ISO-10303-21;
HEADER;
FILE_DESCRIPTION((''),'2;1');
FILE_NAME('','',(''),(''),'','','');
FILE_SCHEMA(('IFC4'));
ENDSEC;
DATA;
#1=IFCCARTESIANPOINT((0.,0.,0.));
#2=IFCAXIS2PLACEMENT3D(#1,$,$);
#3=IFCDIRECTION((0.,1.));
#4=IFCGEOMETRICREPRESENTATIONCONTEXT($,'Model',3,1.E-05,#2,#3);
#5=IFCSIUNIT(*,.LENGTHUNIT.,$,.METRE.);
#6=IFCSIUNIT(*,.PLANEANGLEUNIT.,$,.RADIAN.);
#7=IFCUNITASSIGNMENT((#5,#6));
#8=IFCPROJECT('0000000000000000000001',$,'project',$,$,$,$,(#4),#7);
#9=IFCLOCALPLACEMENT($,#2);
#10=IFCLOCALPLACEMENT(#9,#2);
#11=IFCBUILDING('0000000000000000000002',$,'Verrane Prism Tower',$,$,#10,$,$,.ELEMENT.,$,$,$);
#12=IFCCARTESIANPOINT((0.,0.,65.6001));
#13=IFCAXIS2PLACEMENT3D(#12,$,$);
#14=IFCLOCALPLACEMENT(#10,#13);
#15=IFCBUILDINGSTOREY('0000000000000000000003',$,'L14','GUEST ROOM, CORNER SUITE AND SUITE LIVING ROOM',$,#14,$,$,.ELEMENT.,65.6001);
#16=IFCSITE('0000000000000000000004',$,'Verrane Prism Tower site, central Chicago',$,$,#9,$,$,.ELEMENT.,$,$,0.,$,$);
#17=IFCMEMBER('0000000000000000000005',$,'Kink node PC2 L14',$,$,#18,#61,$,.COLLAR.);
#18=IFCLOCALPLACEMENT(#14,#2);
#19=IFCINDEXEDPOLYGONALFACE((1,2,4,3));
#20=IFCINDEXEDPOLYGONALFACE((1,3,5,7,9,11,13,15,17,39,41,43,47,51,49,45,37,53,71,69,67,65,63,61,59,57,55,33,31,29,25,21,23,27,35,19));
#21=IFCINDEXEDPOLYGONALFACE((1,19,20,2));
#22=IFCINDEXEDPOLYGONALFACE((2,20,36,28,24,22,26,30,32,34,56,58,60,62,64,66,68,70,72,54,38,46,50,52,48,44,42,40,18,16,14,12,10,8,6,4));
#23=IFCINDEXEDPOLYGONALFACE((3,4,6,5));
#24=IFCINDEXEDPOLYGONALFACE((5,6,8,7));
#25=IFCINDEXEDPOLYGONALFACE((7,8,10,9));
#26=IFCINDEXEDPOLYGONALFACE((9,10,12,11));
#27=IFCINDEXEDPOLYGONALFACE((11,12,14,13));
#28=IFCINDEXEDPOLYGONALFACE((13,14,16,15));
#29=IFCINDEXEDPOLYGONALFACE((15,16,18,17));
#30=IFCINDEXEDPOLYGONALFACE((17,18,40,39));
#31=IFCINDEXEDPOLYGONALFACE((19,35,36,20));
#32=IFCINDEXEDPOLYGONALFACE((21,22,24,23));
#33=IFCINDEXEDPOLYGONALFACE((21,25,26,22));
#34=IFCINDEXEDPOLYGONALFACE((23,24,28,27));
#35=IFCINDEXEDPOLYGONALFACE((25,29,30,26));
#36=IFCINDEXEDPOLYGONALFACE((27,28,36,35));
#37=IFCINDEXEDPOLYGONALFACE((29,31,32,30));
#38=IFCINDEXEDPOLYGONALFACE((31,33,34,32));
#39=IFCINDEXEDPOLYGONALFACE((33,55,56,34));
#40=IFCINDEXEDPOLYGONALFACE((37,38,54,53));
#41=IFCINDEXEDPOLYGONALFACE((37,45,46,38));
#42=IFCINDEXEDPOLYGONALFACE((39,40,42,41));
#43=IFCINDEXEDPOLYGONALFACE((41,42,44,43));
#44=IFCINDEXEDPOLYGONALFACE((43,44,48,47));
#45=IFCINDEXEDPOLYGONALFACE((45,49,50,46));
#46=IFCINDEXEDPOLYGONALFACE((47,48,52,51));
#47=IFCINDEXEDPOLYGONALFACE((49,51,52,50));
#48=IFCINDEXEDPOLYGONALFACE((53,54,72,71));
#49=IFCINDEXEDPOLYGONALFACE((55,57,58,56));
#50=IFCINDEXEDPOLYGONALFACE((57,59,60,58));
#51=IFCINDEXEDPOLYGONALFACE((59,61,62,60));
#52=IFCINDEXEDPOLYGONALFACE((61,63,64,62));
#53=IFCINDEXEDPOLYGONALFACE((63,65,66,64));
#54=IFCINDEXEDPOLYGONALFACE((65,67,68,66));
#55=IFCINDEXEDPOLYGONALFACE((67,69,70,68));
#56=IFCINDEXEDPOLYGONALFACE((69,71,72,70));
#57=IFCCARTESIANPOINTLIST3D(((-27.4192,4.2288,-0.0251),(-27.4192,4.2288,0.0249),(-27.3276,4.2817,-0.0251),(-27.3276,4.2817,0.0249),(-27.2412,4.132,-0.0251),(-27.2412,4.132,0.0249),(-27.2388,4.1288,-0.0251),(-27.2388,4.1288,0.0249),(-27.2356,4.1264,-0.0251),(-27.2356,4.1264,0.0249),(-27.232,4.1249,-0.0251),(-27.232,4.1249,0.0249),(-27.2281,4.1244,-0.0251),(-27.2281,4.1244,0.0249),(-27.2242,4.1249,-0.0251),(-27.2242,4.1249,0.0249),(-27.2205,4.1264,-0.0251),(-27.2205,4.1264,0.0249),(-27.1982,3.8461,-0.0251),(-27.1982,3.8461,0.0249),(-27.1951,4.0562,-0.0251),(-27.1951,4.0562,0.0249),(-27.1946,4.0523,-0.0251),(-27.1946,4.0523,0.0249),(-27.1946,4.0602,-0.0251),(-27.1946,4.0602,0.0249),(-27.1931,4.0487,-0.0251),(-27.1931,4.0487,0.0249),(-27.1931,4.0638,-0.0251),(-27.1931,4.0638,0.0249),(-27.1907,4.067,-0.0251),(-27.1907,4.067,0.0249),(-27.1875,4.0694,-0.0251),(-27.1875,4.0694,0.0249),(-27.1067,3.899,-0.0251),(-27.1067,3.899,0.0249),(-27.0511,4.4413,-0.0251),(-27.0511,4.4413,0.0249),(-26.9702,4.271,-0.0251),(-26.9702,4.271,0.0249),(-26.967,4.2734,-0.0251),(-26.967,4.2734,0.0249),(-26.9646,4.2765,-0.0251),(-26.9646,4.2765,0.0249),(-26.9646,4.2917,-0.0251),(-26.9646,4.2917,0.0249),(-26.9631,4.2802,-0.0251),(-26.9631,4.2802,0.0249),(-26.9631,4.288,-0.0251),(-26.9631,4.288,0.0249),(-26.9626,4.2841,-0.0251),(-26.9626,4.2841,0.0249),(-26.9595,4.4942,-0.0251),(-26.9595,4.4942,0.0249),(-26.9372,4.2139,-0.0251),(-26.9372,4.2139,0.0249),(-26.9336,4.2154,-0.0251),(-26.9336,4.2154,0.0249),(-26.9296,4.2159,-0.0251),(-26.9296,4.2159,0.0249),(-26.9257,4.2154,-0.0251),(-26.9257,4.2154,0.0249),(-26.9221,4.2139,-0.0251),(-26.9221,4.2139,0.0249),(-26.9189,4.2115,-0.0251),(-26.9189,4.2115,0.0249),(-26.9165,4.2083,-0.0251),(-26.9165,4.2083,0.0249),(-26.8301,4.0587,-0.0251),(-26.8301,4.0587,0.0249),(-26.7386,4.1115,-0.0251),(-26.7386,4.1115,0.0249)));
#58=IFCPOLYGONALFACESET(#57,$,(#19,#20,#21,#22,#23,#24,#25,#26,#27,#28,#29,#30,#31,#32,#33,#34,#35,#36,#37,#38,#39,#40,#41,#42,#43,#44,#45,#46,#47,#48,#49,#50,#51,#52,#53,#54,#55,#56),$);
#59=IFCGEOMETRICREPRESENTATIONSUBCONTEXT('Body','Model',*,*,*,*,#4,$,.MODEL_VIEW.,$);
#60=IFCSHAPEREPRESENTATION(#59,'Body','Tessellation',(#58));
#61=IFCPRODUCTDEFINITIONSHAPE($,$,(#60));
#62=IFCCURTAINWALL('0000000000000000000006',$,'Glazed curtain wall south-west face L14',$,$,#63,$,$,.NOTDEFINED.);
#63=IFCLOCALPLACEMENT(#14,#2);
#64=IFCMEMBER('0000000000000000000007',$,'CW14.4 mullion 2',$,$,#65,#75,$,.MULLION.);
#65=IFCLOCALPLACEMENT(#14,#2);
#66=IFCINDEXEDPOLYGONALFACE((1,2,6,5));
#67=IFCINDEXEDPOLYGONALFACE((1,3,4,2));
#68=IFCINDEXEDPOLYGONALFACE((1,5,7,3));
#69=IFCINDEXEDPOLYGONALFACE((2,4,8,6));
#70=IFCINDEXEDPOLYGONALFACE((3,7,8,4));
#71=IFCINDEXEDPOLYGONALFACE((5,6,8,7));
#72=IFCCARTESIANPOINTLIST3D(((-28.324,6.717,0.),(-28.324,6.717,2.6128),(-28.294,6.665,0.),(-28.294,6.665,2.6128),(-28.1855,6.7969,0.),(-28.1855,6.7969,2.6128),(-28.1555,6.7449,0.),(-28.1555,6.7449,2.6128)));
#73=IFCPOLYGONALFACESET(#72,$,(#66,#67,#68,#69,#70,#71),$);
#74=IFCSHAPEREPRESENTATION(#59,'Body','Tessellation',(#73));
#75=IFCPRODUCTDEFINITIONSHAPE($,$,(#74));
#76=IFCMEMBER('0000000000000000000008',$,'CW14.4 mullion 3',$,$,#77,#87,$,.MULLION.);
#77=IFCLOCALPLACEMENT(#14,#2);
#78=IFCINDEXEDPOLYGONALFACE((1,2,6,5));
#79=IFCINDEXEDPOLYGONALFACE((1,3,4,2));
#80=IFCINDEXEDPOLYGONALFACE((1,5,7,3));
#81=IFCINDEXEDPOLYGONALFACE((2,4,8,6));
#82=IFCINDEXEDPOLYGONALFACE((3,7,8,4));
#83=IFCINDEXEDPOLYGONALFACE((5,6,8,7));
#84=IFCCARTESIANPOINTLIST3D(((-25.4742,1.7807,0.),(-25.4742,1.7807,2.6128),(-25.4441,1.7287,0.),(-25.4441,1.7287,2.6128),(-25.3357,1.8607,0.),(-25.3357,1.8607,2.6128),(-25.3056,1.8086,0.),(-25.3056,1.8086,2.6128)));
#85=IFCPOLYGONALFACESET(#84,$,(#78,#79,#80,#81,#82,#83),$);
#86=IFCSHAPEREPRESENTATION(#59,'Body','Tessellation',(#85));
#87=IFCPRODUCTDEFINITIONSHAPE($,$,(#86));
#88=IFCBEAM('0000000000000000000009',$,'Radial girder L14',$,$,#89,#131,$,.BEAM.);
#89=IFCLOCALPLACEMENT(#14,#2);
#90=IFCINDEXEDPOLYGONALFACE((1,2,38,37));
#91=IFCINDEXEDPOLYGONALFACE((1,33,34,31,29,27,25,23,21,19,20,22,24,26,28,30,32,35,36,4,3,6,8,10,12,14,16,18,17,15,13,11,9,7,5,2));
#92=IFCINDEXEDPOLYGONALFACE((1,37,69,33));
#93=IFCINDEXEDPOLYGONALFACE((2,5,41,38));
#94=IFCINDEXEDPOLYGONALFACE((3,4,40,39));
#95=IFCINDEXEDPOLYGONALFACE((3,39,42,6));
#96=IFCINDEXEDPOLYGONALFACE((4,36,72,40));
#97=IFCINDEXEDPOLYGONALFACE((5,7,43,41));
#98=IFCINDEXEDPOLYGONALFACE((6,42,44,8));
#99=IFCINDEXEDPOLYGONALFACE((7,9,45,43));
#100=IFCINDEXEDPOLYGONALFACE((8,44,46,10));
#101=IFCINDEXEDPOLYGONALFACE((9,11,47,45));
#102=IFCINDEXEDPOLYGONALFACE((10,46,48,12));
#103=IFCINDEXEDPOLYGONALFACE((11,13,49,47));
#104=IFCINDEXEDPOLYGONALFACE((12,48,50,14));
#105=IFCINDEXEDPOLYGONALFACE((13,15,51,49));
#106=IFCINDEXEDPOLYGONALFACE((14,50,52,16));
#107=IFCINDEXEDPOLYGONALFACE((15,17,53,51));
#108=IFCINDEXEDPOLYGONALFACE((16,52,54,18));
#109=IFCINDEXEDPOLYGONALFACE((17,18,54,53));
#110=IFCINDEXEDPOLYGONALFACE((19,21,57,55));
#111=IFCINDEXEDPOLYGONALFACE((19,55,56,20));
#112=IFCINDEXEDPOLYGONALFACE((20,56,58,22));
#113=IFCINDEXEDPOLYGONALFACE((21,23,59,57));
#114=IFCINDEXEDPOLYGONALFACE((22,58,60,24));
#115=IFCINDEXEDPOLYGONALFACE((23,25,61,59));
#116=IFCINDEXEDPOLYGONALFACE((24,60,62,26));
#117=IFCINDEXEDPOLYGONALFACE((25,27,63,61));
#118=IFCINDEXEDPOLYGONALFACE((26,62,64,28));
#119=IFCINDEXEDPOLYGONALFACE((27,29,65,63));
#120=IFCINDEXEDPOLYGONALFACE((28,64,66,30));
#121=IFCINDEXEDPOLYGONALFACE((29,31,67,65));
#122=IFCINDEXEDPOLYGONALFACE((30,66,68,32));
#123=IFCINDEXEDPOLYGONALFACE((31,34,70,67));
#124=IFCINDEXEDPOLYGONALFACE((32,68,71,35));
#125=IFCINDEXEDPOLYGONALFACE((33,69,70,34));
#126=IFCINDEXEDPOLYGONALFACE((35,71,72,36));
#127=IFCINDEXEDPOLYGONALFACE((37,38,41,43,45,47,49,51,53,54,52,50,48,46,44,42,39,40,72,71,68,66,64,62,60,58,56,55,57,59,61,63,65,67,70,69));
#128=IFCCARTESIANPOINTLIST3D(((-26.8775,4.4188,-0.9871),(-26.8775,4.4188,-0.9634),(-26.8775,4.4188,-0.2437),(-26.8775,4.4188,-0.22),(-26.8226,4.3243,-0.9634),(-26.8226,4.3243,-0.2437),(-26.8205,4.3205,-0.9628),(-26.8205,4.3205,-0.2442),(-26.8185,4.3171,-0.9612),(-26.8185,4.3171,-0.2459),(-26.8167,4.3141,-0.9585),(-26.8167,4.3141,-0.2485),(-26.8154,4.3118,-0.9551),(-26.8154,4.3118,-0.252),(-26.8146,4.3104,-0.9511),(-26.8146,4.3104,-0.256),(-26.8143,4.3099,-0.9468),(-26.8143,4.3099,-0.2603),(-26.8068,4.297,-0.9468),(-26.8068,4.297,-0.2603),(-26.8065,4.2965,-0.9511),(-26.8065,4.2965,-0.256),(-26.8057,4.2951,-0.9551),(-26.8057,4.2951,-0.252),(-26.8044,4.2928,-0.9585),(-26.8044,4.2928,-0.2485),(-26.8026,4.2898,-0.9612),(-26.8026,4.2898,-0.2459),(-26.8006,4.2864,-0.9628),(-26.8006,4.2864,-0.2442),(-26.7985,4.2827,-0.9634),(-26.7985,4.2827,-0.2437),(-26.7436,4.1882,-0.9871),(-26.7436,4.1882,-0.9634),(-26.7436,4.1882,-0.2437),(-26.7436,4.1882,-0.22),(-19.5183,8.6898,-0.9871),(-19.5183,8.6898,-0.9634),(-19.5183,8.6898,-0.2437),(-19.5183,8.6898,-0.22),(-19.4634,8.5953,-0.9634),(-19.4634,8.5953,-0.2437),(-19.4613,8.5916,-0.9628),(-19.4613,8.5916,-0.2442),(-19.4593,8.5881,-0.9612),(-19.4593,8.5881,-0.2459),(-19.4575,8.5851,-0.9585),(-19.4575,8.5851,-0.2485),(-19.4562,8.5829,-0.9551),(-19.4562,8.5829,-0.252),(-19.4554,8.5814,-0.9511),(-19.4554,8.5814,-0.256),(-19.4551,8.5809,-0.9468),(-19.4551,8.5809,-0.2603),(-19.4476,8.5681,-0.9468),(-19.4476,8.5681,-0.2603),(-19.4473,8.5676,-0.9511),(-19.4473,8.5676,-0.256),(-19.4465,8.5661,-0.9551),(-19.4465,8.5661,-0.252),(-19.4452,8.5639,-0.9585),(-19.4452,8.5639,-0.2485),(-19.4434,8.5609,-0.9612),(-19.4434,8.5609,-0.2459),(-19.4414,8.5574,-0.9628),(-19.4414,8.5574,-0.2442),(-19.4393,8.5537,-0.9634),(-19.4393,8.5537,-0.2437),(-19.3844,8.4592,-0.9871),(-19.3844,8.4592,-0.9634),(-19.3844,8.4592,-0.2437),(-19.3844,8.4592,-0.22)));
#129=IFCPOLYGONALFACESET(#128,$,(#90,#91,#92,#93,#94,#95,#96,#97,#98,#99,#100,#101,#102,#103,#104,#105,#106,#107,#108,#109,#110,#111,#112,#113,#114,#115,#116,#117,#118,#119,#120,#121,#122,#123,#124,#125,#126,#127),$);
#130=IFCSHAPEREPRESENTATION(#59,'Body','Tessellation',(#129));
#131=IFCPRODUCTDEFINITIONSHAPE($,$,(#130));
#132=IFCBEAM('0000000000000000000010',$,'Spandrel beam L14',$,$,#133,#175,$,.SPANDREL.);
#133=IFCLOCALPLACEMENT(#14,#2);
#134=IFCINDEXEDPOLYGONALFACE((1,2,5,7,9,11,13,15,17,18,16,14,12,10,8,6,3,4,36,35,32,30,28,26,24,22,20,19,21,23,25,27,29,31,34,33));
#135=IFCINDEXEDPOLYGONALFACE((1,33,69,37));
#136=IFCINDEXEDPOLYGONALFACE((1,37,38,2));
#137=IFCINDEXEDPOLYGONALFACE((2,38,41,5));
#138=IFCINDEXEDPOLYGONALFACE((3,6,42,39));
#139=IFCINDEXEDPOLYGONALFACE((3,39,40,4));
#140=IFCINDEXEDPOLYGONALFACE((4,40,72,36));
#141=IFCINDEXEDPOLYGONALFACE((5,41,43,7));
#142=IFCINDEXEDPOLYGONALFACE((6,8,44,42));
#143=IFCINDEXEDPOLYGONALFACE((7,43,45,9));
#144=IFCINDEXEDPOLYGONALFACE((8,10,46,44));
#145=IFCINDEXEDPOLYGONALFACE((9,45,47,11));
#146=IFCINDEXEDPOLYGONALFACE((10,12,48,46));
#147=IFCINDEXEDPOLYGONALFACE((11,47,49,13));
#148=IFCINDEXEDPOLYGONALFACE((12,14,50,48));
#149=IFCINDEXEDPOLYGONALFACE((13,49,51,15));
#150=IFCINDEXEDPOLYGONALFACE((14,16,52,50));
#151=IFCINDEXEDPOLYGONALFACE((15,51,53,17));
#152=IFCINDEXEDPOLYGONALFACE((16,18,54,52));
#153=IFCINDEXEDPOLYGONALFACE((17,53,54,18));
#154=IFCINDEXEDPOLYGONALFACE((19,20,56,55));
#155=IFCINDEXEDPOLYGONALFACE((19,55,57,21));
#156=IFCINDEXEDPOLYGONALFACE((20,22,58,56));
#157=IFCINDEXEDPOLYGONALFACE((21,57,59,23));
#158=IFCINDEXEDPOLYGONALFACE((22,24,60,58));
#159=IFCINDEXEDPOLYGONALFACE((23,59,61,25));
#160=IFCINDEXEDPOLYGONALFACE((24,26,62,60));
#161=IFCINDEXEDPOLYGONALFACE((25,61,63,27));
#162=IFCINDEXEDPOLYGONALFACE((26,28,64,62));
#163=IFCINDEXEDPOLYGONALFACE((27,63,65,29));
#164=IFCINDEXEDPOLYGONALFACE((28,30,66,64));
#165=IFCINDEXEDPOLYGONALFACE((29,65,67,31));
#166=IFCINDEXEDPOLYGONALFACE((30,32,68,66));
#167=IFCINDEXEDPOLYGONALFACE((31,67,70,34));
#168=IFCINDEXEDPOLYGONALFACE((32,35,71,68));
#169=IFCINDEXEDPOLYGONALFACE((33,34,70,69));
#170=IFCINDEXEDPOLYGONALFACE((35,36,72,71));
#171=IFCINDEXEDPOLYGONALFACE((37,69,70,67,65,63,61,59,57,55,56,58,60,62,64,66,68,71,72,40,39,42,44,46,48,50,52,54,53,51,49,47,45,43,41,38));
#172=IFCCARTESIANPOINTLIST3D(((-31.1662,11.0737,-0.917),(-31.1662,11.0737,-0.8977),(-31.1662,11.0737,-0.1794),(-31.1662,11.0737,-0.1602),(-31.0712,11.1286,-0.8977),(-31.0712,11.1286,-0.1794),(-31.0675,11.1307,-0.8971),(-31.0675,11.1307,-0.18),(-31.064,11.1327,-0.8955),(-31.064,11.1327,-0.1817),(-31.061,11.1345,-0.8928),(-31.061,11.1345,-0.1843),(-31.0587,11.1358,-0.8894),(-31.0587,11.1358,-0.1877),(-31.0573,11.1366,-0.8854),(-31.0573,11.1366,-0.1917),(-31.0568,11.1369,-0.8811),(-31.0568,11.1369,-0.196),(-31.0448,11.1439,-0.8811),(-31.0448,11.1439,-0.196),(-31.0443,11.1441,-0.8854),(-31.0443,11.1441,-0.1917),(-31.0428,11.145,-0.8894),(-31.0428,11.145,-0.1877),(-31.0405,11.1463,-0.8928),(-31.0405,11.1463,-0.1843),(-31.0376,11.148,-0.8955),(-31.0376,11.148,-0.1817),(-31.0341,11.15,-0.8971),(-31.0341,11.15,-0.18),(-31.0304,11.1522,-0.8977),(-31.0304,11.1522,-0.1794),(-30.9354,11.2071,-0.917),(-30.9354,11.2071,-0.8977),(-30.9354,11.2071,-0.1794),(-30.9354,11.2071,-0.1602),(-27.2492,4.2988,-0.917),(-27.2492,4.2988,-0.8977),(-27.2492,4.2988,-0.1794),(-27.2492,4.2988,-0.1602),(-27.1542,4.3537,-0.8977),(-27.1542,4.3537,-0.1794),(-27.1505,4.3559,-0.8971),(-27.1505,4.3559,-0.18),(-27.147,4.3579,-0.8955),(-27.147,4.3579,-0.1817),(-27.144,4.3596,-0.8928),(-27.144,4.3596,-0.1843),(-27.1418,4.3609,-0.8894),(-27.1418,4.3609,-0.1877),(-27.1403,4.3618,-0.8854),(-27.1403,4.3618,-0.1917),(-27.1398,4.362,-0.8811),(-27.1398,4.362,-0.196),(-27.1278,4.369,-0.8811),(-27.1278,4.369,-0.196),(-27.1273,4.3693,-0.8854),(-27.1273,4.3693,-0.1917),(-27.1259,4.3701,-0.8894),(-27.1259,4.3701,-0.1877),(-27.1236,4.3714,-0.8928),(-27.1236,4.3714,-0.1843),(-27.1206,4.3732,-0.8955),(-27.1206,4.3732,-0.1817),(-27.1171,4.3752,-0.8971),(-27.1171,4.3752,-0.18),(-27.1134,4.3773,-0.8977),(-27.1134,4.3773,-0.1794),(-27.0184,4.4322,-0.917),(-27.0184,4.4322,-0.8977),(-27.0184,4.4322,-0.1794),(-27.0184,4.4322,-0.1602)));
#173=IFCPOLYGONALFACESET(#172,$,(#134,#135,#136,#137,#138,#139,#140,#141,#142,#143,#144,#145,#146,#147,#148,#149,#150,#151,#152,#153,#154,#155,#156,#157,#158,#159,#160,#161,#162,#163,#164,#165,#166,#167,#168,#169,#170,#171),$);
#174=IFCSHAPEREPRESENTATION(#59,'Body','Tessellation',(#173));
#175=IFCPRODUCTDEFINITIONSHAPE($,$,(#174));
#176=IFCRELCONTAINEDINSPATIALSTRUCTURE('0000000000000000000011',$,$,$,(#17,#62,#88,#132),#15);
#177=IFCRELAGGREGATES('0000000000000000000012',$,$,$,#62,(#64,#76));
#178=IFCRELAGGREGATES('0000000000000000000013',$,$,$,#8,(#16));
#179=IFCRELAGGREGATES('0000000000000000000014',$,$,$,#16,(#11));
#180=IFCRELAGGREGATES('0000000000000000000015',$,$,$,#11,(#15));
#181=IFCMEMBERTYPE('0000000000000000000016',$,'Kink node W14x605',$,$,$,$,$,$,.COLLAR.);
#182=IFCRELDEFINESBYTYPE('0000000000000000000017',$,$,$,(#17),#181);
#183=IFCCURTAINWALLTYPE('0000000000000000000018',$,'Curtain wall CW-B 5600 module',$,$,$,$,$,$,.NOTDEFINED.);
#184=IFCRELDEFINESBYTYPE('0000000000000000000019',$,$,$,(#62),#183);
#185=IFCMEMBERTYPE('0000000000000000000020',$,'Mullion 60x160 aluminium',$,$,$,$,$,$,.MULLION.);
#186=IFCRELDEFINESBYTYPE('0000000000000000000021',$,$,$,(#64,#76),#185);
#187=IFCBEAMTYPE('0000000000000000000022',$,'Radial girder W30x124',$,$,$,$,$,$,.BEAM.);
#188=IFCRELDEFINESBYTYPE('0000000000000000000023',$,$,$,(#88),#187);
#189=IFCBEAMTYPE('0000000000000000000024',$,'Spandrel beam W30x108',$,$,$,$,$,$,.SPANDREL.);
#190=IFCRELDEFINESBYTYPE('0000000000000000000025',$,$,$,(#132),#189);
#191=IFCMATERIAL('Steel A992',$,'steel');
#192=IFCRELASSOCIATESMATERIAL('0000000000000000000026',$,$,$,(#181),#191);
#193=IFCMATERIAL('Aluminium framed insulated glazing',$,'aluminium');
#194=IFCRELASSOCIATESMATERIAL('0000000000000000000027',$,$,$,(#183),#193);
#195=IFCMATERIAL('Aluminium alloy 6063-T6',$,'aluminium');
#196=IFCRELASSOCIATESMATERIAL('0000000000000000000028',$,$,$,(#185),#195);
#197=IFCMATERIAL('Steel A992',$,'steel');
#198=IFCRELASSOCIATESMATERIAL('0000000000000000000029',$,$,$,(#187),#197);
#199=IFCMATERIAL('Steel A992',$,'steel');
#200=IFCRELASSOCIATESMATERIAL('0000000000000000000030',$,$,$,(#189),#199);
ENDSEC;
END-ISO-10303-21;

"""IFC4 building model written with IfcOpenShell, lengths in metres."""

from ifc_helpers import new_model, si_unit, direction, frame, origin, origin_2d, place, context, subcontext, project, spatial, rectangle, i_section, extrude, material, material_profile, profile_set, type_object, element, aggregate, save


model = new_model("IFC4")

# Units and contexts
model_context = context("Model", 3, precision=1e-05, world=origin(), true_north=direction((0.0, 1.0)))
body_context = subcontext(model_context, "Body", "Model", "MODEL_VIEW")
ifc_project = project(units=[si_unit("LENGTHUNIT", "METRE"), si_unit("PLANEANGLEUNIT", "RADIAN")], contexts=[model_context])

# Site, building, storey
site_placement = place(None, origin())
site = spatial("IfcSite", under=ifc_project, at=site_placement, Name="Verrane Prism Tower site, central Chicago", CompositionType="ELEMENT", RefElevation=0.0)
building_placement = place(site_placement, origin())
building = spatial("IfcBuilding", under=site, at=building_placement, Name="Verrane Prism Tower", CompositionType="ELEMENT")
storey_placement = place(building_placement, frame((0.0, 0.0, 65.6001)))
storey = spatial("IfcBuildingStorey", under=building, at=storey_placement, Name="L14", Description="GUEST ROOM, CORNER SUITE AND SUITE LIVING ROOM", CompositionType="ELEMENT", Elevation=65.6001)

# Member
ifc_material_1 = material(Name="Steel A992", Category="steel")
ifc_material_profile_1 = material_profile(ifc_material_1, i_section(OverallWidth=0.4419, OverallDepth=0.5308, WebThickness=0.0659, FlangeThickness=0.1057, FilletRadius=0.0151, at=origin_2d()), Name="W14x605")
ifc_profile_set_1 = profile_set([ifc_material_profile_1], Name="Steel A992")
member_type_1 = type_object("IfcMemberType", Name="Kink node W14x605", PredefinedType="COLLAR", material=ifc_profile_set_1)
member_1_placement = place(storey_placement, frame((-27.0789, 4.1702, -0.0251), z_axis=(0.0, 0.0, 1.0), x_axis=(-0.5, 0.866025, 0.0)))
element("IfcMember", 1, at=member_1_placement, inside=storey, type_object=member_type_1, Name="Kink node PC2 L14", PredefinedType="COLLAR", context=body_context, shape_type="SweptSolid", body=[
    extrude(i_section(OverallWidth=0.4419, OverallDepth=0.5308, WebThickness=0.0659, FlangeThickness=0.1057, FilletRadius=0.0151, at=origin_2d()), origin(), (0.0, 0.0, 1.0), 0.05),
])

# Curtain wall, members
ifc_material_2 = material(Name="Aluminium framed insulated glazing", Category="aluminium")
curtain_wall_type = type_object("IfcCurtainWallType", Name="Curtain wall CW-B 5600 module", PredefinedType="NOTDEFINED", material=ifc_material_2)
curtain_wall_placement = place(storey_placement, origin())
curtain_wall = element("IfcCurtainWall", 2, at=curtain_wall_placement, inside=storey, type_object=curtain_wall_type, Name="Glazed curtain wall south-west face L14", PredefinedType="NOTDEFINED")
ifc_material_3 = material(Name="Aluminium alloy 6063-T6", Category="aluminium")
ifc_material_profile_2 = material_profile(ifc_material_3, rectangle(XDim=0.1599, YDim=0.0601, at=origin_2d()), Name="Mullion 60x160 aluminium")
ifc_profile_set_2 = profile_set([ifc_material_profile_2], Name="Aluminium alloy 6063-T6")
member_type_2 = type_object("IfcMemberType", Name="Mullion 60x160 aluminium", PredefinedType="MULLION", material=ifc_profile_set_2)
member_2_placement = place(storey_placement, frame((-28.2397, 6.731, 0.0), z_axis=(0.0, 0.0, 1.0), x_axis=(0.866025, 0.5, 0.0)))
member_2 = element("IfcMember", 3, at=member_2_placement, type_object=member_type_2, Name="CW14.4 mullion 2", PredefinedType="MULLION", context=body_context, shape_type="SweptSolid", body=[
    extrude(rectangle(XDim=0.1599, YDim=0.0601, at=origin_2d()), origin(), (0.0, 0.0, 1.0), 2.6128),
])
member_3_placement = place(storey_placement, frame((-25.3899, 1.7947, 0.0), z_axis=(0.0, 0.0, 1.0), x_axis=(0.866025, 0.5, 0.0)))
member_3 = element("IfcMember", 4, at=member_3_placement, type_object=member_type_2, Name="CW14.4 mullion 3", PredefinedType="MULLION", context=body_context, shape_type="SweptSolid", body=[
    extrude(rectangle(XDim=0.1599, YDim=0.0601, at=origin_2d()), origin(), (0.0, 0.0, 1.0), 2.6128),
])

# Beams
ifc_material_4 = material(Name="Steel A992", Category="steel")
ifc_material_profile_3 = material_profile(ifc_material_4, i_section(OverallWidth=0.2666, OverallDepth=0.7671, WebThickness=0.0149, FlangeThickness=0.0237, FilletRadius=0.0166, at=origin_2d()), Name="W30x124")
ifc_profile_set_3 = profile_set([ifc_material_profile_3], Name="Steel A992")
beam_type_1 = type_object("IfcBeamType", Name="Radial girder W30x124", PredefinedType="BEAM", material=ifc_profile_set_3)
beam_1_placement = place(storey_placement, frame((-26.8105, 4.3035, -0.6035), z_axis=(0.864893, 0.501956, 0.0), x_axis=(-0.501956, 0.864893, 0.0)))
element("IfcBeam", 5, at=beam_1_placement, inside=storey, type_object=beam_type_1, Name="Radial girder L14", PredefinedType="BEAM", context=body_context, shape_type="SweptSolid", body=[
    extrude(i_section(OverallWidth=0.2666, OverallDepth=0.7671, WebThickness=0.0149, FlangeThickness=0.0237, FilletRadius=0.0166, at=origin_2d()), origin(), (0.0, 0.0, 1.0), 8.5088),
])
ifc_material_5 = material(Name="Steel A992", Category="steel")
ifc_material_profile_4 = material_profile(ifc_material_5, i_section(OverallWidth=0.2666, OverallDepth=0.7568, WebThickness=0.0139, FlangeThickness=0.0193, FilletRadius=0.0166, at=origin_2d()), Name="W30x108")
ifc_profile_set_4 = profile_set([ifc_material_profile_4], Name="Steel A992")
beam_type_2 = type_object("IfcBeamType", Name="Spandrel beam W30x108", PredefinedType="SPANDREL", material=ifc_profile_set_4)
beam_2_placement = place(storey_placement, frame((-31.0508, 11.1404, -0.5386), z_axis=(0.500527, -0.865721, 0.0), x_axis=(0.865721, 0.500527, 0.0)))
element("IfcBeam", 6, at=beam_2_placement, inside=storey, type_object=beam_type_2, Name="Spandrel beam L14", PredefinedType="SPANDREL", context=body_context, shape_type="SweptSolid", body=[
    extrude(i_section(OverallWidth=0.2666, OverallDepth=0.7568, WebThickness=0.0139, FlangeThickness=0.0193, FilletRadius=0.0166, at=origin_2d()), origin(), (0.0, 0.0, 1.0), 7.8257),
])

aggregate(curtain_wall, [member_2, member_3])

save(model, "model.ifc")
